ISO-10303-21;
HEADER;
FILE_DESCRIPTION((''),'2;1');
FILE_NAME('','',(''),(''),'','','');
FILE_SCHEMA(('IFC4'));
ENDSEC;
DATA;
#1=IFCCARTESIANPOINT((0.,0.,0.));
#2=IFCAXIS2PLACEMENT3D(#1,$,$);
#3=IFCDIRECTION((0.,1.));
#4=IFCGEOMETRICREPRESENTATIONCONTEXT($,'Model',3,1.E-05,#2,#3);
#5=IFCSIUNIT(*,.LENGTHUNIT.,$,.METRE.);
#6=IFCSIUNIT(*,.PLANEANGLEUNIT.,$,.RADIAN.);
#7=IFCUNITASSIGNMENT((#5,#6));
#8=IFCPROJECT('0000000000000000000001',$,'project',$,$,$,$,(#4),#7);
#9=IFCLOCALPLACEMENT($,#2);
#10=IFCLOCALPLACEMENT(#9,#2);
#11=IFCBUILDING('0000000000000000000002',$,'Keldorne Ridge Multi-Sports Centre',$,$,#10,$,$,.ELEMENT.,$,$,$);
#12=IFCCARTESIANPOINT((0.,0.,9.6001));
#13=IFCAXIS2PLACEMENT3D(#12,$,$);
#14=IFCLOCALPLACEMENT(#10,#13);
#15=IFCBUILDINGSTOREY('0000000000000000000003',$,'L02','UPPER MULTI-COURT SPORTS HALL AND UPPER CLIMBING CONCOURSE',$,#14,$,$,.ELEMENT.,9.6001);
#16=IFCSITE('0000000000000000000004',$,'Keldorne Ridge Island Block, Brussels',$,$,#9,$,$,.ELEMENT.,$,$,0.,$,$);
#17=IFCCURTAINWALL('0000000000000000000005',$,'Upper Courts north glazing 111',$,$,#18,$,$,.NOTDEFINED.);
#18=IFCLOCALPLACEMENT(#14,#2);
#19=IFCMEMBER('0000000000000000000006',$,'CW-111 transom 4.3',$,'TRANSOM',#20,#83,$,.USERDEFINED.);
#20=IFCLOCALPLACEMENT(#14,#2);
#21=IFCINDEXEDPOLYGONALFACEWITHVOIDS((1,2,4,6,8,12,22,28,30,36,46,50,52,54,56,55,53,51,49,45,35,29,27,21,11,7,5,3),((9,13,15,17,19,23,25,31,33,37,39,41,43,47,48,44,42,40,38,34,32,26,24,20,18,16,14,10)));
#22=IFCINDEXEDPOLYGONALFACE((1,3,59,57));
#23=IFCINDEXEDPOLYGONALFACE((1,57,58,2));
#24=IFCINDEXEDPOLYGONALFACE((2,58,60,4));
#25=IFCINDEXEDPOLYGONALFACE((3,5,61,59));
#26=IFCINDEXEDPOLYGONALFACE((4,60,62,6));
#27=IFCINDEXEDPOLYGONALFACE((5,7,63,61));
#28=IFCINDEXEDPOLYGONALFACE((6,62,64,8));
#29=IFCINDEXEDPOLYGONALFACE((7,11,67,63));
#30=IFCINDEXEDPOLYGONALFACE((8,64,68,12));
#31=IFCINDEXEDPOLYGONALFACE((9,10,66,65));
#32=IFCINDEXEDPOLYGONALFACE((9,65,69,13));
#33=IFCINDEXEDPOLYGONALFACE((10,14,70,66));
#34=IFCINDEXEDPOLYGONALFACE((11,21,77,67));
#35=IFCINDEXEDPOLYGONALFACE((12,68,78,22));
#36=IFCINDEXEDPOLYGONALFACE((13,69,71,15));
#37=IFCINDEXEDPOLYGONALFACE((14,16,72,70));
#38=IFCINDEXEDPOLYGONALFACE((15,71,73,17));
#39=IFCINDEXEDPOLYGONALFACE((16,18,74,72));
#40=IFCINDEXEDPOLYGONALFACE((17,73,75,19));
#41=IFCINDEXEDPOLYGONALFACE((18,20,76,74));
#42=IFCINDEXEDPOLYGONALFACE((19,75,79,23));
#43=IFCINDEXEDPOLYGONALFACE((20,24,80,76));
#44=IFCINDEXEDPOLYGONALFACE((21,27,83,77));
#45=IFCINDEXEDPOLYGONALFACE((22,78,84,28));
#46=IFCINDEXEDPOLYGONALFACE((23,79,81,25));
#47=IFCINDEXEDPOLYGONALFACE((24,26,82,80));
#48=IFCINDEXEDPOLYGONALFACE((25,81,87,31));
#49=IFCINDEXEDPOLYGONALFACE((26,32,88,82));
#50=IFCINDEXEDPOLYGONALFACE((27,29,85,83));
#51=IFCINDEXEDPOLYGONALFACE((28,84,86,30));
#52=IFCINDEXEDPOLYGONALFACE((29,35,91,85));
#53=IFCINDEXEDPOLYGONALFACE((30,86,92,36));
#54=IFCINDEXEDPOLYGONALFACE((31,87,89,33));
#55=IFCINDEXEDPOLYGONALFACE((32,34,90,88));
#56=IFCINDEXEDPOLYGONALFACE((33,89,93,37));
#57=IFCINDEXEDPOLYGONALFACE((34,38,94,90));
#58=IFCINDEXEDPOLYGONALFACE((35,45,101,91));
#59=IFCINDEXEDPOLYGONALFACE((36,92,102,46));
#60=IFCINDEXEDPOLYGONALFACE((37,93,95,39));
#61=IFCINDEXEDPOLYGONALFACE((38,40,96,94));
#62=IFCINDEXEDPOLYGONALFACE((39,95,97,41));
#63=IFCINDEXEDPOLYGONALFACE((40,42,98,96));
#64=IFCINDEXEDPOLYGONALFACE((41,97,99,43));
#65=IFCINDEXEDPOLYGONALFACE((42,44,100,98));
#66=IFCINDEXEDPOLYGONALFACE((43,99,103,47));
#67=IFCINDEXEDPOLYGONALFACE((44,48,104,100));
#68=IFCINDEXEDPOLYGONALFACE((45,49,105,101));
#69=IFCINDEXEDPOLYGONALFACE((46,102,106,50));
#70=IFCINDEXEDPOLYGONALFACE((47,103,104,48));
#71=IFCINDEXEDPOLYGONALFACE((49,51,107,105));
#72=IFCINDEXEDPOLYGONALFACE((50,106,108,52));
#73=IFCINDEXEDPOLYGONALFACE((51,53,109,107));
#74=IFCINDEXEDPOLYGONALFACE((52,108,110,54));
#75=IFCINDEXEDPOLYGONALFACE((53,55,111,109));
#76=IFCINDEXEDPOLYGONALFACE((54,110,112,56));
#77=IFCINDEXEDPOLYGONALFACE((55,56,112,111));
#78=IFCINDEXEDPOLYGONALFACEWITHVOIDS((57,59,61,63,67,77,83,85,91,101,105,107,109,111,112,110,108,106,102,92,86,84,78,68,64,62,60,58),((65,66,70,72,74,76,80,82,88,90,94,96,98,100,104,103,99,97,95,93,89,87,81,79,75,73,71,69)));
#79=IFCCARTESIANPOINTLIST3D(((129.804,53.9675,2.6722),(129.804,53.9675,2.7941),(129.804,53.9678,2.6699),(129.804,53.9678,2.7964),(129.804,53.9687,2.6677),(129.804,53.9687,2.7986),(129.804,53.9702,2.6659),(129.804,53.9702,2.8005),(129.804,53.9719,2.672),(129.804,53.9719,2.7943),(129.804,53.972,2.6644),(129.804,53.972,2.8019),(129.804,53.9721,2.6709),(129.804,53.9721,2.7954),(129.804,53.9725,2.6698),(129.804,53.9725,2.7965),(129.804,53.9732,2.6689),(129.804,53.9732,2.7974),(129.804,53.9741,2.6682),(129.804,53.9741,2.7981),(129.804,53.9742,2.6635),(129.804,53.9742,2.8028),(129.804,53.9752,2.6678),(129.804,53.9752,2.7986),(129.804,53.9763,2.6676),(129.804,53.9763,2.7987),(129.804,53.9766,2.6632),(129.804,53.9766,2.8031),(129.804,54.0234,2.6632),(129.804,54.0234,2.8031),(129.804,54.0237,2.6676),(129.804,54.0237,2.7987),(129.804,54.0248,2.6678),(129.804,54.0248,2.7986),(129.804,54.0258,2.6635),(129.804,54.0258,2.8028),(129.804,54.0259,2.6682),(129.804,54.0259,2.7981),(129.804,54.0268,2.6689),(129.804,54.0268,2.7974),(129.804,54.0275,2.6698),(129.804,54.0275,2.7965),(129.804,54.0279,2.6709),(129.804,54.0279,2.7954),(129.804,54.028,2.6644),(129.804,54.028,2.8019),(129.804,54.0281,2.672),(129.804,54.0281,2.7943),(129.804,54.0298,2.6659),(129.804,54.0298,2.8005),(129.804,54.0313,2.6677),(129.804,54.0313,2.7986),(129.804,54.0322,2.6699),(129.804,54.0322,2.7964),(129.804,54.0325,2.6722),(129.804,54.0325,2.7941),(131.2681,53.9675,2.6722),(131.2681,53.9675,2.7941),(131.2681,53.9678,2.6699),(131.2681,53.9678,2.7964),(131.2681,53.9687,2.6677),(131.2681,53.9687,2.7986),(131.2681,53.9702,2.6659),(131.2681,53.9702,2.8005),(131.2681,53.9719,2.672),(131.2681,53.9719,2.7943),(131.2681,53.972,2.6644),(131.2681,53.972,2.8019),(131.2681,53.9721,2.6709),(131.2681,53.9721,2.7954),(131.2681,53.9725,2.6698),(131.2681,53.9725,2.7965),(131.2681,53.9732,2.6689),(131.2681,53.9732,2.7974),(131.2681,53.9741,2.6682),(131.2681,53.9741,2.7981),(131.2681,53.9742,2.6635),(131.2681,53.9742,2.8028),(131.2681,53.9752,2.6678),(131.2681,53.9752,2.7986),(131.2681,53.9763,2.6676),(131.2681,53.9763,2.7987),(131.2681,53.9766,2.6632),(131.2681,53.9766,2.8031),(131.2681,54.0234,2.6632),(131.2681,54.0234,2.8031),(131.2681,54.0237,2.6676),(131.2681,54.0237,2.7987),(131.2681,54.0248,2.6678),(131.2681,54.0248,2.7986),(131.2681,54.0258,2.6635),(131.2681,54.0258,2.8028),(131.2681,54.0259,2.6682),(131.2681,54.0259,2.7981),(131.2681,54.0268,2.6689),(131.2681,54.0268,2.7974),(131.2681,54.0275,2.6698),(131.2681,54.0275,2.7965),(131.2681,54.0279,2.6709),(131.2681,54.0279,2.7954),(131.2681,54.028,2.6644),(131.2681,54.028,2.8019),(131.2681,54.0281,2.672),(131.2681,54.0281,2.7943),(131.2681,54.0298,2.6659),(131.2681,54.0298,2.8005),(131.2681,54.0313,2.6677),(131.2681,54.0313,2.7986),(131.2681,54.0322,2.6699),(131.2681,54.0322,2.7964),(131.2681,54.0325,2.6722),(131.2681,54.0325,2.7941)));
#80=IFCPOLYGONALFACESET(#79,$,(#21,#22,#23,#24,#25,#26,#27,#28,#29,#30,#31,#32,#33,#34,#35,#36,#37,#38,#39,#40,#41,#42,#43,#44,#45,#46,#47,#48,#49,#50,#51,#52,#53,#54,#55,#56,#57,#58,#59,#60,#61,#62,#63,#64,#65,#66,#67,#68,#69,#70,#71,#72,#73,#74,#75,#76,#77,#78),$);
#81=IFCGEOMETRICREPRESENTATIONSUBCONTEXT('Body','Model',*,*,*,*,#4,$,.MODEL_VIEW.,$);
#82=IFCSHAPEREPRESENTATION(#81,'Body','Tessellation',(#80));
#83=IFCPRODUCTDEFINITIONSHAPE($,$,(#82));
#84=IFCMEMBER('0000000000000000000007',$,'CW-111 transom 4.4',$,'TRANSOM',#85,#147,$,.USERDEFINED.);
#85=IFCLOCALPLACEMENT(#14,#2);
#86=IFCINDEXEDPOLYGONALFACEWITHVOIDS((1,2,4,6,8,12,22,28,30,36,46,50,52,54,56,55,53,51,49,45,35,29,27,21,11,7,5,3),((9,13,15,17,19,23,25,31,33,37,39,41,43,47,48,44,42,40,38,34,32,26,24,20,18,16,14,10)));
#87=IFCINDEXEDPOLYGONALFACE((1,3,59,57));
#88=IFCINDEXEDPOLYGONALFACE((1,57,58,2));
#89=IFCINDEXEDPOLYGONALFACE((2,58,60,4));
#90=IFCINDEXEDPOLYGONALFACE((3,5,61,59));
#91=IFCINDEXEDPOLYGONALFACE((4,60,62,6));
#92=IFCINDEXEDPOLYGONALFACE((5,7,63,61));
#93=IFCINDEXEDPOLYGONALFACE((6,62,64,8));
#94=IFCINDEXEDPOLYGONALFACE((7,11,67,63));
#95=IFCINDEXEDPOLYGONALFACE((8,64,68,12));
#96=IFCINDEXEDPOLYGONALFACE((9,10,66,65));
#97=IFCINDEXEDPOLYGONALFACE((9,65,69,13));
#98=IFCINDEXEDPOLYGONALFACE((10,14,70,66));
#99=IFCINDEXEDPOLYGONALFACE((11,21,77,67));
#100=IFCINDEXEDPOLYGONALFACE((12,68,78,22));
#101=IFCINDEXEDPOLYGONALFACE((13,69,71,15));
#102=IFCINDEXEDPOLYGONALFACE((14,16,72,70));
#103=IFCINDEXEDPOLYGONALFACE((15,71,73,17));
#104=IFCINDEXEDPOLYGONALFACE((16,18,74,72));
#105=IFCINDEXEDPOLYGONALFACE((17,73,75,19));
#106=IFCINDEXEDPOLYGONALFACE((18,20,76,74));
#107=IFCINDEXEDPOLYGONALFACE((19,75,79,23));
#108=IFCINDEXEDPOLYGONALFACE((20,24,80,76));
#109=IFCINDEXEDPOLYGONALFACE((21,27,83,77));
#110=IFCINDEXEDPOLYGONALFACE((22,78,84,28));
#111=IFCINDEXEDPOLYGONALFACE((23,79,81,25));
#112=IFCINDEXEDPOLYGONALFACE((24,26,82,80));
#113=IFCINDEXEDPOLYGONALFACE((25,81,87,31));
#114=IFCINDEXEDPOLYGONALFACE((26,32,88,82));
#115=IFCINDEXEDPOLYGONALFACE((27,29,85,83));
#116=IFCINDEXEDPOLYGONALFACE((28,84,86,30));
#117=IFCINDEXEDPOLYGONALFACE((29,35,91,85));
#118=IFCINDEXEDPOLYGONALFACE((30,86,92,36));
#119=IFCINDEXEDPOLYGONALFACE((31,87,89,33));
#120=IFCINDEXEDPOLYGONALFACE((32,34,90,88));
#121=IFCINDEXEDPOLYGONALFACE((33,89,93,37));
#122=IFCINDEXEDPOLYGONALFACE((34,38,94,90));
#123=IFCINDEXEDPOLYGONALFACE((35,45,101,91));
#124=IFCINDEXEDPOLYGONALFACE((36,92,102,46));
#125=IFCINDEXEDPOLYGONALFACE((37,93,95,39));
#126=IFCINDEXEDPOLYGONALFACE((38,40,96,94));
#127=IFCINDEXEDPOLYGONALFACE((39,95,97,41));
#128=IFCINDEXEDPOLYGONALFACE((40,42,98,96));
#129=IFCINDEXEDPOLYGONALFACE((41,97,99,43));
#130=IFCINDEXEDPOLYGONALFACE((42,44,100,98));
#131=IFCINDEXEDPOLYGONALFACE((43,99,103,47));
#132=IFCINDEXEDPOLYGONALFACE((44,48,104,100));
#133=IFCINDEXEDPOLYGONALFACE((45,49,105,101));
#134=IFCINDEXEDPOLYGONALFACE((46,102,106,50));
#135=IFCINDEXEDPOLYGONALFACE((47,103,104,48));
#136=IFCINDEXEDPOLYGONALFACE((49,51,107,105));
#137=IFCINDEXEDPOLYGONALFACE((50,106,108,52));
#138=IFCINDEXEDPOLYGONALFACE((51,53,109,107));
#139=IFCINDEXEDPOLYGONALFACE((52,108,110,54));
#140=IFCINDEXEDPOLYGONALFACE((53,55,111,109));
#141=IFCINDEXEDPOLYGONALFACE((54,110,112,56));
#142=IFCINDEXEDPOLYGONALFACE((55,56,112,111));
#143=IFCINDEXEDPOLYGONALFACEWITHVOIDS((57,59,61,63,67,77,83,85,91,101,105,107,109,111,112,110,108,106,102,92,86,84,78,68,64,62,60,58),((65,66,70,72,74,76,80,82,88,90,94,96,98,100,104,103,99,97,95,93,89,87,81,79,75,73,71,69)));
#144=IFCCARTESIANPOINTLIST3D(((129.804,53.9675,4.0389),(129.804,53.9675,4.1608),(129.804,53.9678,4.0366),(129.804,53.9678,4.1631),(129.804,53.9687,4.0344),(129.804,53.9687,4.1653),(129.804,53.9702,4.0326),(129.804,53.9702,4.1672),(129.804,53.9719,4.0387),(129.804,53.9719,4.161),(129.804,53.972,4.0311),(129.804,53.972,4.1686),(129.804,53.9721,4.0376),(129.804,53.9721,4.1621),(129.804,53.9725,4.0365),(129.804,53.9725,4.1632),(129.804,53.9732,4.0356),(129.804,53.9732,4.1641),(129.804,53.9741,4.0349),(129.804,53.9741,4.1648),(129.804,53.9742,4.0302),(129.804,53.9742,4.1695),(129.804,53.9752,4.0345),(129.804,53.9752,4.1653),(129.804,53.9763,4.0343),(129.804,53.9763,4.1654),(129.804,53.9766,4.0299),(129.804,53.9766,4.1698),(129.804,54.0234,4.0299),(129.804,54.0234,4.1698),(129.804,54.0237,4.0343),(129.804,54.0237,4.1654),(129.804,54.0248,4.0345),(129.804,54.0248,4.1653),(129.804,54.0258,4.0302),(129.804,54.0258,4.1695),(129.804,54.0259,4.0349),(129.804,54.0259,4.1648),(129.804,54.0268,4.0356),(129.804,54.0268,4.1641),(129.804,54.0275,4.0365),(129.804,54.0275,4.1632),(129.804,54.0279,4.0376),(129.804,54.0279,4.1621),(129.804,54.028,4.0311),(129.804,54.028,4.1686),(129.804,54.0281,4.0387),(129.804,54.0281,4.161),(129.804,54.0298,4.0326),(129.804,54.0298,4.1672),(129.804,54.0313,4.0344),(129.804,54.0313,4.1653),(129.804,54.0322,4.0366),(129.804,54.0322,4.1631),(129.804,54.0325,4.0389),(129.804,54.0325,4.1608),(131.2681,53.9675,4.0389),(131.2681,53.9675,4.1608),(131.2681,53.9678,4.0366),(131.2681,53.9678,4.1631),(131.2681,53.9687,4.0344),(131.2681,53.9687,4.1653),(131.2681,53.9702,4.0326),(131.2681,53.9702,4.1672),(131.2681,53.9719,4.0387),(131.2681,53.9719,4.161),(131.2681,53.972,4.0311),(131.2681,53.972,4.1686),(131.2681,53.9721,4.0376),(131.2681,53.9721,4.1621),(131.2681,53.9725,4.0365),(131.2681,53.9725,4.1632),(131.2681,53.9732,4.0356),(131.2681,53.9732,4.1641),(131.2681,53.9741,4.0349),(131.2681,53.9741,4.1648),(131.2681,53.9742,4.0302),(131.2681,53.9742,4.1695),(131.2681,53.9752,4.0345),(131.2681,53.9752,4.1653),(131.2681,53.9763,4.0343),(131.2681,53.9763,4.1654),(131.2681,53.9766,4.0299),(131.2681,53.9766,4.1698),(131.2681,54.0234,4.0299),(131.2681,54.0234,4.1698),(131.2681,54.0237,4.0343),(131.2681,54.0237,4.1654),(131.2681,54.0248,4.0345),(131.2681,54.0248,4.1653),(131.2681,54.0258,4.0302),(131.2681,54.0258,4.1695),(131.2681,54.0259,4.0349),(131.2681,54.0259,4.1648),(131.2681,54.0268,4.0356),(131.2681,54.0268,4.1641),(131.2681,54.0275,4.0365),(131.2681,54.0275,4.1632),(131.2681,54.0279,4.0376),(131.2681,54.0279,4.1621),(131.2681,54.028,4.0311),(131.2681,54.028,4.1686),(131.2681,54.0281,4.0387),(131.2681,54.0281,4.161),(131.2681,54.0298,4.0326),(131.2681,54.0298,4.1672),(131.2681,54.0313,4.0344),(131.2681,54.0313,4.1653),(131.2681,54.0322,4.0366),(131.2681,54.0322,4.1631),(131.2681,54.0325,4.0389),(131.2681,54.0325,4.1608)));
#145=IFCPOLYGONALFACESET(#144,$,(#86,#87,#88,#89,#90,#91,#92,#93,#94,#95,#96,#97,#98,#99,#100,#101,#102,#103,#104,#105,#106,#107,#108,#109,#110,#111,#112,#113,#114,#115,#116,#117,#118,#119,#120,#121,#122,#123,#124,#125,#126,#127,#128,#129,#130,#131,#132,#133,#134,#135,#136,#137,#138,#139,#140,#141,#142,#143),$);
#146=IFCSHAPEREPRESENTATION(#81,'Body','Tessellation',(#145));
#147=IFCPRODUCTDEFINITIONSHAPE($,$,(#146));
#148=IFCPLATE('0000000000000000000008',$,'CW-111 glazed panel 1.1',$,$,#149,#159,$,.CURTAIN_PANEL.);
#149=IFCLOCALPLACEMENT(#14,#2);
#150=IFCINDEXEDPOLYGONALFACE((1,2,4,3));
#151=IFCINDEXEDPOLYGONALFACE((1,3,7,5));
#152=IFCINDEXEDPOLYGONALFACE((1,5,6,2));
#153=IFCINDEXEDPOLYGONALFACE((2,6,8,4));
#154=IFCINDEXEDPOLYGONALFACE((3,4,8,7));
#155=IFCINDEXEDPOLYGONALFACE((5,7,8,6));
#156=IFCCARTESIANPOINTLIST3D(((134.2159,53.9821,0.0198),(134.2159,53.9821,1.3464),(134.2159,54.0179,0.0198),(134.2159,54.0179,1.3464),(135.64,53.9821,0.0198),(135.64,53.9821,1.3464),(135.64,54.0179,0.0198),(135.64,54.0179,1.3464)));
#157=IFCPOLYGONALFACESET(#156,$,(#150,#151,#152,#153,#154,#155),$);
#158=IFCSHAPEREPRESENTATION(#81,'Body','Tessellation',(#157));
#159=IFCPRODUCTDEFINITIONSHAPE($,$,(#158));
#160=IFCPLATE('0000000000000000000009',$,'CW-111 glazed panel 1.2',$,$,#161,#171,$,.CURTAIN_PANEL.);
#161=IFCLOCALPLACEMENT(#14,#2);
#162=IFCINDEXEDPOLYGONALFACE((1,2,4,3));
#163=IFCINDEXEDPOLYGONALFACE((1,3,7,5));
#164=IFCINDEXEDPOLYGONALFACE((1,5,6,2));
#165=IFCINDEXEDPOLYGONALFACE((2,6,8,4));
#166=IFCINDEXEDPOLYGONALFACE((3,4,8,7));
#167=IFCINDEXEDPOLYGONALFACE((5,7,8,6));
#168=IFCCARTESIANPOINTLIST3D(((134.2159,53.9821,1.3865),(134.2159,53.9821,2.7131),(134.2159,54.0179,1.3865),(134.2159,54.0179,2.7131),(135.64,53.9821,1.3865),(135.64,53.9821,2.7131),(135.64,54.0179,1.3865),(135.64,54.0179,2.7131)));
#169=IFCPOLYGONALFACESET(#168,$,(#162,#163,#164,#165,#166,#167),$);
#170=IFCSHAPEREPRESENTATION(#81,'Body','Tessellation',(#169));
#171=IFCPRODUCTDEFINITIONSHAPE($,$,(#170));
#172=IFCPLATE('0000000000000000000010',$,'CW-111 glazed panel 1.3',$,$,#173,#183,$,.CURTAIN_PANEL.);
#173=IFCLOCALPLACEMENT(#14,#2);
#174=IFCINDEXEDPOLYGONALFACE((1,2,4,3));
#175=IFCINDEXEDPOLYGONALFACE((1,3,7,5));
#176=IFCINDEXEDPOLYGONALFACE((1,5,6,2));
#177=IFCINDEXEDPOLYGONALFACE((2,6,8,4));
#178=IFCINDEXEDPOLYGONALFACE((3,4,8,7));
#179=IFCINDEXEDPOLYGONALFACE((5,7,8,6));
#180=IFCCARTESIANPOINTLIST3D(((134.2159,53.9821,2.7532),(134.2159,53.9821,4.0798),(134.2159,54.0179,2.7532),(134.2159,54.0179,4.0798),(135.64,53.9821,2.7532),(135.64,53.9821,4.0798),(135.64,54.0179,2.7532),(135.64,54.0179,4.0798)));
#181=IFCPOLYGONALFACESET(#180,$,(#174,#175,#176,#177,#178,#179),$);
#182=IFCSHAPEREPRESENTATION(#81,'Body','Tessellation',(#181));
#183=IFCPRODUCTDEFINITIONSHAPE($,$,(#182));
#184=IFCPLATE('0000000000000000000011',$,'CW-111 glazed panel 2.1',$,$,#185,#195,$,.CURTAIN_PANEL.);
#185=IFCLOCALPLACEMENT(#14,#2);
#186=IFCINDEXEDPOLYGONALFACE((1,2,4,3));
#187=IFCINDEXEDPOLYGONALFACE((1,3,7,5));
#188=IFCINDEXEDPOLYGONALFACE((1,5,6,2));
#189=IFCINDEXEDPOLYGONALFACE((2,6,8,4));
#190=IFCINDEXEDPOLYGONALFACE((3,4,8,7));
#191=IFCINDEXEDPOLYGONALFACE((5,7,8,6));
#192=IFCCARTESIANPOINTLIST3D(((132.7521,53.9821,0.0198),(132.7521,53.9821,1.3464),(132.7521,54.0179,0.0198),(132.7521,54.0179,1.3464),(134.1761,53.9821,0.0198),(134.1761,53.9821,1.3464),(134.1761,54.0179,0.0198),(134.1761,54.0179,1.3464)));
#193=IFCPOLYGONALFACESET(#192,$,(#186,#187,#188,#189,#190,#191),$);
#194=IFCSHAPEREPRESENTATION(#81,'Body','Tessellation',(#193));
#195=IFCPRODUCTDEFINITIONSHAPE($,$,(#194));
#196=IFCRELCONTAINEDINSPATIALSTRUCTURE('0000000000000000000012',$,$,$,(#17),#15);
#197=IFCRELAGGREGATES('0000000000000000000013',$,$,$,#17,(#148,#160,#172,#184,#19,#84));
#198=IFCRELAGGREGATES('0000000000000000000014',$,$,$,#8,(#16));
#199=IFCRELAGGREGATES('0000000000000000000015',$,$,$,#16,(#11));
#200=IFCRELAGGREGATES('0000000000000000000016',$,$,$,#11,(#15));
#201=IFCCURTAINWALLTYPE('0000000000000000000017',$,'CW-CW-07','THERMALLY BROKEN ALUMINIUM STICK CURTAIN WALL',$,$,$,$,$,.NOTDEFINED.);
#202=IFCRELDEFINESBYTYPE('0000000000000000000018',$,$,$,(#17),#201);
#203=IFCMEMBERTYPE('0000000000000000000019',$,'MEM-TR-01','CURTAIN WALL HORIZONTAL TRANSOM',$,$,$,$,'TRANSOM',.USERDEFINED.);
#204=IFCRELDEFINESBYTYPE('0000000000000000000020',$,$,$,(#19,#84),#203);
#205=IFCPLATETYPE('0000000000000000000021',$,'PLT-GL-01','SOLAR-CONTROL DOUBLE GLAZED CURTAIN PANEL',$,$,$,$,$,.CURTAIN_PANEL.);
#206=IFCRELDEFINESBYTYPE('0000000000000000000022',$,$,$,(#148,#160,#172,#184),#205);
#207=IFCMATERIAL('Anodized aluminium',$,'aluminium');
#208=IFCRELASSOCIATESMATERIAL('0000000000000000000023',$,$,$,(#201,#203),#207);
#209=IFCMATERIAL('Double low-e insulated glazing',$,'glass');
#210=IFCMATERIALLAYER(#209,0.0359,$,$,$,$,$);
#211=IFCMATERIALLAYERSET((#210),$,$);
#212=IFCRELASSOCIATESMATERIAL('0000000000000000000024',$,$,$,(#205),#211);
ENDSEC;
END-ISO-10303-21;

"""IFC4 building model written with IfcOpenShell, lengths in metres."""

from ifc_helpers import new_model, si_unit, direction, frame, origin, origin_2d, place, context, subcontext, project, spatial, rectangle, hollow_rectangle, extrude, material, layer, layer_set, material_profile, profile_set, type_object, element, aggregate, save


model = new_model("IFC4")

# Units and contexts
model_context = context("Model", 3, precision=1e-05, world=origin(), true_north=direction((0.0, 1.0)))
body_context = subcontext(model_context, "Body", "Model", "MODEL_VIEW")
ifc_project = project(units=[si_unit("LENGTHUNIT", "METRE"), si_unit("PLANEANGLEUNIT", "RADIAN")], contexts=[model_context])

# Site, building, storey
site_placement = place(None, origin())
site = spatial("IfcSite", under=ifc_project, at=site_placement, Name="Keldorne Ridge Island Block, Brussels", CompositionType="ELEMENT", RefElevation=0.0)
building_placement = place(site_placement, origin())
building = spatial("IfcBuilding", under=site, at=building_placement, Name="Keldorne Ridge Multi-Sports Centre", CompositionType="ELEMENT")
storey_placement = place(building_placement, frame((0.0, 0.0, 9.6001)))
storey = spatial("IfcBuildingStorey", under=building, at=storey_placement, Name="L02", Description="UPPER MULTI-COURT SPORTS HALL AND UPPER CLIMBING CONCOURSE", CompositionType="ELEMENT", Elevation=9.6001)

# Curtain wall, members, plates
ifc_material_1 = material(Name="Anodized aluminium", Category="aluminium")
curtain_wall_type = type_object("IfcCurtainWallType", Name="CW-CW-07", Description="THERMALLY BROKEN ALUMINIUM STICK CURTAIN WALL", PredefinedType="NOTDEFINED", material=ifc_material_1)
curtain_wall_placement = place(storey_placement, origin())
curtain_wall = element("IfcCurtainWall", 1, at=curtain_wall_placement, inside=storey, type_object=curtain_wall_type, Name="Upper Courts north glazing 111", PredefinedType="NOTDEFINED")
ifc_material_profile_1 = material_profile(ifc_material_1, hollow_rectangle(XDim=0.0649, YDim=0.1399, WallThickness=0.0044, InnerFilletRadius=0.0044, OuterFilletRadius=0.009, at=origin_2d()), Name="ALU TRANSOM 140x65x4.5")
ifc_profile_set_1 = profile_set([ifc_material_profile_1], Name="Anodized aluminium")
member_type_1 = type_object("IfcMemberType", Name="MEM-TR-01", Description="CURTAIN WALL HORIZONTAL TRANSOM", ElementType="TRANSOM", PredefinedType="USERDEFINED", material=ifc_profile_set_1)
member_1_placement = place(storey_placement, frame((131.2681, 54.0, 2.7332), z_axis=(-1.0, 0.0, 0.0), x_axis=(0.0, -1.0, 0.0)))
member_1 = element("IfcMember", 2, at=member_1_placement, type_object=member_type_1, Name="CW-111 transom 4.3", ObjectType="TRANSOM", PredefinedType="USERDEFINED", context=body_context, shape_type="SweptSolid", body=[
    extrude(hollow_rectangle(XDim=0.0649, YDim=0.1399, WallThickness=0.0044, InnerFilletRadius=0.0044, OuterFilletRadius=0.009, at=origin_2d()), origin(), (0.0, 0.0, 1.0), 1.4641),
])
member_2_placement = place(storey_placement, frame((131.2681, 54.0, 4.0999), z_axis=(-1.0, 0.0, 0.0), x_axis=(0.0, -1.0, 0.0)))
member_2 = element("IfcMember", 3, at=member_2_placement, type_object=member_type_1, Name="CW-111 transom 4.4", ObjectType="TRANSOM", PredefinedType="USERDEFINED", context=body_context, shape_type="SweptSolid", body=[
    extrude(hollow_rectangle(XDim=0.0649, YDim=0.1399, WallThickness=0.0044, InnerFilletRadius=0.0044, OuterFilletRadius=0.009, at=origin_2d()), origin(), (0.0, 0.0, 1.0), 1.4641),
])
ifc_material_2 = material(Name="Double low-e insulated glazing", Category="glass")
ifc_layer = layer(ifc_material_2, 0.0359)
ifc_layer_set = layer_set([ifc_layer])
plate_type = type_object("IfcPlateType", Name="PLT-GL-01", Description="SOLAR-CONTROL DOUBLE GLAZED CURTAIN PANEL", PredefinedType="CURTAIN_PANEL", material=ifc_layer_set)
plate_1_placement = place(storey_placement, frame((134.928, 54.0, 0.0198), z_axis=(0.0, 0.0, 1.0), x_axis=(-1.0, 0.0, 0.0)))
plate_1 = element("IfcPlate", 4, at=plate_1_placement, type_object=plate_type, Name="CW-111 glazed panel 1.1", PredefinedType="CURTAIN_PANEL", context=body_context, shape_type="SweptSolid", body=[
    extrude(rectangle(XDim=1.4241, YDim=0.0359, at=origin_2d()), origin(), (0.0, 0.0, 1.0), 1.3267),
])
plate_2_placement = place(storey_placement, frame((134.928, 54.0, 1.3865), z_axis=(0.0, 0.0, 1.0), x_axis=(-1.0, 0.0, 0.0)))
plate_2 = element("IfcPlate", 5, at=plate_2_placement, type_object=plate_type, Name="CW-111 glazed panel 1.2", PredefinedType="CURTAIN_PANEL", context=body_context, shape_type="SweptSolid", body=[
    extrude(rectangle(XDim=1.4241, YDim=0.0359, at=origin_2d()), origin(), (0.0, 0.0, 1.0), 1.3267),
])
plate_3_placement = place(storey_placement, frame((134.928, 54.0, 2.7532), z_axis=(0.0, 0.0, 1.0), x_axis=(-1.0, 0.0, 0.0)))
plate_3 = element("IfcPlate", 6, at=plate_3_placement, type_object=plate_type, Name="CW-111 glazed panel 1.3", PredefinedType="CURTAIN_PANEL", context=body_context, shape_type="SweptSolid", body=[
    extrude(rectangle(XDim=1.4241, YDim=0.0359, at=origin_2d()), origin(), (0.0, 0.0, 1.0), 1.3267),
])
plate_4_placement = place(storey_placement, frame((133.4641, 54.0, 0.0198), z_axis=(0.0, 0.0, 1.0), x_axis=(-1.0, 0.0, 0.0)))
plate_4 = element("IfcPlate", 7, at=plate_4_placement, type_object=plate_type, Name="CW-111 glazed panel 2.1", PredefinedType="CURTAIN_PANEL", context=body_context, shape_type="SweptSolid", body=[
    extrude(rectangle(XDim=1.4241, YDim=0.0359, at=origin_2d()), origin(), (0.0, 0.0, 1.0), 1.3267),
])
aggregate(curtain_wall, [plate_1, plate_2, plate_3, plate_4, member_1, member_2])

save(model, "model.ifc")
